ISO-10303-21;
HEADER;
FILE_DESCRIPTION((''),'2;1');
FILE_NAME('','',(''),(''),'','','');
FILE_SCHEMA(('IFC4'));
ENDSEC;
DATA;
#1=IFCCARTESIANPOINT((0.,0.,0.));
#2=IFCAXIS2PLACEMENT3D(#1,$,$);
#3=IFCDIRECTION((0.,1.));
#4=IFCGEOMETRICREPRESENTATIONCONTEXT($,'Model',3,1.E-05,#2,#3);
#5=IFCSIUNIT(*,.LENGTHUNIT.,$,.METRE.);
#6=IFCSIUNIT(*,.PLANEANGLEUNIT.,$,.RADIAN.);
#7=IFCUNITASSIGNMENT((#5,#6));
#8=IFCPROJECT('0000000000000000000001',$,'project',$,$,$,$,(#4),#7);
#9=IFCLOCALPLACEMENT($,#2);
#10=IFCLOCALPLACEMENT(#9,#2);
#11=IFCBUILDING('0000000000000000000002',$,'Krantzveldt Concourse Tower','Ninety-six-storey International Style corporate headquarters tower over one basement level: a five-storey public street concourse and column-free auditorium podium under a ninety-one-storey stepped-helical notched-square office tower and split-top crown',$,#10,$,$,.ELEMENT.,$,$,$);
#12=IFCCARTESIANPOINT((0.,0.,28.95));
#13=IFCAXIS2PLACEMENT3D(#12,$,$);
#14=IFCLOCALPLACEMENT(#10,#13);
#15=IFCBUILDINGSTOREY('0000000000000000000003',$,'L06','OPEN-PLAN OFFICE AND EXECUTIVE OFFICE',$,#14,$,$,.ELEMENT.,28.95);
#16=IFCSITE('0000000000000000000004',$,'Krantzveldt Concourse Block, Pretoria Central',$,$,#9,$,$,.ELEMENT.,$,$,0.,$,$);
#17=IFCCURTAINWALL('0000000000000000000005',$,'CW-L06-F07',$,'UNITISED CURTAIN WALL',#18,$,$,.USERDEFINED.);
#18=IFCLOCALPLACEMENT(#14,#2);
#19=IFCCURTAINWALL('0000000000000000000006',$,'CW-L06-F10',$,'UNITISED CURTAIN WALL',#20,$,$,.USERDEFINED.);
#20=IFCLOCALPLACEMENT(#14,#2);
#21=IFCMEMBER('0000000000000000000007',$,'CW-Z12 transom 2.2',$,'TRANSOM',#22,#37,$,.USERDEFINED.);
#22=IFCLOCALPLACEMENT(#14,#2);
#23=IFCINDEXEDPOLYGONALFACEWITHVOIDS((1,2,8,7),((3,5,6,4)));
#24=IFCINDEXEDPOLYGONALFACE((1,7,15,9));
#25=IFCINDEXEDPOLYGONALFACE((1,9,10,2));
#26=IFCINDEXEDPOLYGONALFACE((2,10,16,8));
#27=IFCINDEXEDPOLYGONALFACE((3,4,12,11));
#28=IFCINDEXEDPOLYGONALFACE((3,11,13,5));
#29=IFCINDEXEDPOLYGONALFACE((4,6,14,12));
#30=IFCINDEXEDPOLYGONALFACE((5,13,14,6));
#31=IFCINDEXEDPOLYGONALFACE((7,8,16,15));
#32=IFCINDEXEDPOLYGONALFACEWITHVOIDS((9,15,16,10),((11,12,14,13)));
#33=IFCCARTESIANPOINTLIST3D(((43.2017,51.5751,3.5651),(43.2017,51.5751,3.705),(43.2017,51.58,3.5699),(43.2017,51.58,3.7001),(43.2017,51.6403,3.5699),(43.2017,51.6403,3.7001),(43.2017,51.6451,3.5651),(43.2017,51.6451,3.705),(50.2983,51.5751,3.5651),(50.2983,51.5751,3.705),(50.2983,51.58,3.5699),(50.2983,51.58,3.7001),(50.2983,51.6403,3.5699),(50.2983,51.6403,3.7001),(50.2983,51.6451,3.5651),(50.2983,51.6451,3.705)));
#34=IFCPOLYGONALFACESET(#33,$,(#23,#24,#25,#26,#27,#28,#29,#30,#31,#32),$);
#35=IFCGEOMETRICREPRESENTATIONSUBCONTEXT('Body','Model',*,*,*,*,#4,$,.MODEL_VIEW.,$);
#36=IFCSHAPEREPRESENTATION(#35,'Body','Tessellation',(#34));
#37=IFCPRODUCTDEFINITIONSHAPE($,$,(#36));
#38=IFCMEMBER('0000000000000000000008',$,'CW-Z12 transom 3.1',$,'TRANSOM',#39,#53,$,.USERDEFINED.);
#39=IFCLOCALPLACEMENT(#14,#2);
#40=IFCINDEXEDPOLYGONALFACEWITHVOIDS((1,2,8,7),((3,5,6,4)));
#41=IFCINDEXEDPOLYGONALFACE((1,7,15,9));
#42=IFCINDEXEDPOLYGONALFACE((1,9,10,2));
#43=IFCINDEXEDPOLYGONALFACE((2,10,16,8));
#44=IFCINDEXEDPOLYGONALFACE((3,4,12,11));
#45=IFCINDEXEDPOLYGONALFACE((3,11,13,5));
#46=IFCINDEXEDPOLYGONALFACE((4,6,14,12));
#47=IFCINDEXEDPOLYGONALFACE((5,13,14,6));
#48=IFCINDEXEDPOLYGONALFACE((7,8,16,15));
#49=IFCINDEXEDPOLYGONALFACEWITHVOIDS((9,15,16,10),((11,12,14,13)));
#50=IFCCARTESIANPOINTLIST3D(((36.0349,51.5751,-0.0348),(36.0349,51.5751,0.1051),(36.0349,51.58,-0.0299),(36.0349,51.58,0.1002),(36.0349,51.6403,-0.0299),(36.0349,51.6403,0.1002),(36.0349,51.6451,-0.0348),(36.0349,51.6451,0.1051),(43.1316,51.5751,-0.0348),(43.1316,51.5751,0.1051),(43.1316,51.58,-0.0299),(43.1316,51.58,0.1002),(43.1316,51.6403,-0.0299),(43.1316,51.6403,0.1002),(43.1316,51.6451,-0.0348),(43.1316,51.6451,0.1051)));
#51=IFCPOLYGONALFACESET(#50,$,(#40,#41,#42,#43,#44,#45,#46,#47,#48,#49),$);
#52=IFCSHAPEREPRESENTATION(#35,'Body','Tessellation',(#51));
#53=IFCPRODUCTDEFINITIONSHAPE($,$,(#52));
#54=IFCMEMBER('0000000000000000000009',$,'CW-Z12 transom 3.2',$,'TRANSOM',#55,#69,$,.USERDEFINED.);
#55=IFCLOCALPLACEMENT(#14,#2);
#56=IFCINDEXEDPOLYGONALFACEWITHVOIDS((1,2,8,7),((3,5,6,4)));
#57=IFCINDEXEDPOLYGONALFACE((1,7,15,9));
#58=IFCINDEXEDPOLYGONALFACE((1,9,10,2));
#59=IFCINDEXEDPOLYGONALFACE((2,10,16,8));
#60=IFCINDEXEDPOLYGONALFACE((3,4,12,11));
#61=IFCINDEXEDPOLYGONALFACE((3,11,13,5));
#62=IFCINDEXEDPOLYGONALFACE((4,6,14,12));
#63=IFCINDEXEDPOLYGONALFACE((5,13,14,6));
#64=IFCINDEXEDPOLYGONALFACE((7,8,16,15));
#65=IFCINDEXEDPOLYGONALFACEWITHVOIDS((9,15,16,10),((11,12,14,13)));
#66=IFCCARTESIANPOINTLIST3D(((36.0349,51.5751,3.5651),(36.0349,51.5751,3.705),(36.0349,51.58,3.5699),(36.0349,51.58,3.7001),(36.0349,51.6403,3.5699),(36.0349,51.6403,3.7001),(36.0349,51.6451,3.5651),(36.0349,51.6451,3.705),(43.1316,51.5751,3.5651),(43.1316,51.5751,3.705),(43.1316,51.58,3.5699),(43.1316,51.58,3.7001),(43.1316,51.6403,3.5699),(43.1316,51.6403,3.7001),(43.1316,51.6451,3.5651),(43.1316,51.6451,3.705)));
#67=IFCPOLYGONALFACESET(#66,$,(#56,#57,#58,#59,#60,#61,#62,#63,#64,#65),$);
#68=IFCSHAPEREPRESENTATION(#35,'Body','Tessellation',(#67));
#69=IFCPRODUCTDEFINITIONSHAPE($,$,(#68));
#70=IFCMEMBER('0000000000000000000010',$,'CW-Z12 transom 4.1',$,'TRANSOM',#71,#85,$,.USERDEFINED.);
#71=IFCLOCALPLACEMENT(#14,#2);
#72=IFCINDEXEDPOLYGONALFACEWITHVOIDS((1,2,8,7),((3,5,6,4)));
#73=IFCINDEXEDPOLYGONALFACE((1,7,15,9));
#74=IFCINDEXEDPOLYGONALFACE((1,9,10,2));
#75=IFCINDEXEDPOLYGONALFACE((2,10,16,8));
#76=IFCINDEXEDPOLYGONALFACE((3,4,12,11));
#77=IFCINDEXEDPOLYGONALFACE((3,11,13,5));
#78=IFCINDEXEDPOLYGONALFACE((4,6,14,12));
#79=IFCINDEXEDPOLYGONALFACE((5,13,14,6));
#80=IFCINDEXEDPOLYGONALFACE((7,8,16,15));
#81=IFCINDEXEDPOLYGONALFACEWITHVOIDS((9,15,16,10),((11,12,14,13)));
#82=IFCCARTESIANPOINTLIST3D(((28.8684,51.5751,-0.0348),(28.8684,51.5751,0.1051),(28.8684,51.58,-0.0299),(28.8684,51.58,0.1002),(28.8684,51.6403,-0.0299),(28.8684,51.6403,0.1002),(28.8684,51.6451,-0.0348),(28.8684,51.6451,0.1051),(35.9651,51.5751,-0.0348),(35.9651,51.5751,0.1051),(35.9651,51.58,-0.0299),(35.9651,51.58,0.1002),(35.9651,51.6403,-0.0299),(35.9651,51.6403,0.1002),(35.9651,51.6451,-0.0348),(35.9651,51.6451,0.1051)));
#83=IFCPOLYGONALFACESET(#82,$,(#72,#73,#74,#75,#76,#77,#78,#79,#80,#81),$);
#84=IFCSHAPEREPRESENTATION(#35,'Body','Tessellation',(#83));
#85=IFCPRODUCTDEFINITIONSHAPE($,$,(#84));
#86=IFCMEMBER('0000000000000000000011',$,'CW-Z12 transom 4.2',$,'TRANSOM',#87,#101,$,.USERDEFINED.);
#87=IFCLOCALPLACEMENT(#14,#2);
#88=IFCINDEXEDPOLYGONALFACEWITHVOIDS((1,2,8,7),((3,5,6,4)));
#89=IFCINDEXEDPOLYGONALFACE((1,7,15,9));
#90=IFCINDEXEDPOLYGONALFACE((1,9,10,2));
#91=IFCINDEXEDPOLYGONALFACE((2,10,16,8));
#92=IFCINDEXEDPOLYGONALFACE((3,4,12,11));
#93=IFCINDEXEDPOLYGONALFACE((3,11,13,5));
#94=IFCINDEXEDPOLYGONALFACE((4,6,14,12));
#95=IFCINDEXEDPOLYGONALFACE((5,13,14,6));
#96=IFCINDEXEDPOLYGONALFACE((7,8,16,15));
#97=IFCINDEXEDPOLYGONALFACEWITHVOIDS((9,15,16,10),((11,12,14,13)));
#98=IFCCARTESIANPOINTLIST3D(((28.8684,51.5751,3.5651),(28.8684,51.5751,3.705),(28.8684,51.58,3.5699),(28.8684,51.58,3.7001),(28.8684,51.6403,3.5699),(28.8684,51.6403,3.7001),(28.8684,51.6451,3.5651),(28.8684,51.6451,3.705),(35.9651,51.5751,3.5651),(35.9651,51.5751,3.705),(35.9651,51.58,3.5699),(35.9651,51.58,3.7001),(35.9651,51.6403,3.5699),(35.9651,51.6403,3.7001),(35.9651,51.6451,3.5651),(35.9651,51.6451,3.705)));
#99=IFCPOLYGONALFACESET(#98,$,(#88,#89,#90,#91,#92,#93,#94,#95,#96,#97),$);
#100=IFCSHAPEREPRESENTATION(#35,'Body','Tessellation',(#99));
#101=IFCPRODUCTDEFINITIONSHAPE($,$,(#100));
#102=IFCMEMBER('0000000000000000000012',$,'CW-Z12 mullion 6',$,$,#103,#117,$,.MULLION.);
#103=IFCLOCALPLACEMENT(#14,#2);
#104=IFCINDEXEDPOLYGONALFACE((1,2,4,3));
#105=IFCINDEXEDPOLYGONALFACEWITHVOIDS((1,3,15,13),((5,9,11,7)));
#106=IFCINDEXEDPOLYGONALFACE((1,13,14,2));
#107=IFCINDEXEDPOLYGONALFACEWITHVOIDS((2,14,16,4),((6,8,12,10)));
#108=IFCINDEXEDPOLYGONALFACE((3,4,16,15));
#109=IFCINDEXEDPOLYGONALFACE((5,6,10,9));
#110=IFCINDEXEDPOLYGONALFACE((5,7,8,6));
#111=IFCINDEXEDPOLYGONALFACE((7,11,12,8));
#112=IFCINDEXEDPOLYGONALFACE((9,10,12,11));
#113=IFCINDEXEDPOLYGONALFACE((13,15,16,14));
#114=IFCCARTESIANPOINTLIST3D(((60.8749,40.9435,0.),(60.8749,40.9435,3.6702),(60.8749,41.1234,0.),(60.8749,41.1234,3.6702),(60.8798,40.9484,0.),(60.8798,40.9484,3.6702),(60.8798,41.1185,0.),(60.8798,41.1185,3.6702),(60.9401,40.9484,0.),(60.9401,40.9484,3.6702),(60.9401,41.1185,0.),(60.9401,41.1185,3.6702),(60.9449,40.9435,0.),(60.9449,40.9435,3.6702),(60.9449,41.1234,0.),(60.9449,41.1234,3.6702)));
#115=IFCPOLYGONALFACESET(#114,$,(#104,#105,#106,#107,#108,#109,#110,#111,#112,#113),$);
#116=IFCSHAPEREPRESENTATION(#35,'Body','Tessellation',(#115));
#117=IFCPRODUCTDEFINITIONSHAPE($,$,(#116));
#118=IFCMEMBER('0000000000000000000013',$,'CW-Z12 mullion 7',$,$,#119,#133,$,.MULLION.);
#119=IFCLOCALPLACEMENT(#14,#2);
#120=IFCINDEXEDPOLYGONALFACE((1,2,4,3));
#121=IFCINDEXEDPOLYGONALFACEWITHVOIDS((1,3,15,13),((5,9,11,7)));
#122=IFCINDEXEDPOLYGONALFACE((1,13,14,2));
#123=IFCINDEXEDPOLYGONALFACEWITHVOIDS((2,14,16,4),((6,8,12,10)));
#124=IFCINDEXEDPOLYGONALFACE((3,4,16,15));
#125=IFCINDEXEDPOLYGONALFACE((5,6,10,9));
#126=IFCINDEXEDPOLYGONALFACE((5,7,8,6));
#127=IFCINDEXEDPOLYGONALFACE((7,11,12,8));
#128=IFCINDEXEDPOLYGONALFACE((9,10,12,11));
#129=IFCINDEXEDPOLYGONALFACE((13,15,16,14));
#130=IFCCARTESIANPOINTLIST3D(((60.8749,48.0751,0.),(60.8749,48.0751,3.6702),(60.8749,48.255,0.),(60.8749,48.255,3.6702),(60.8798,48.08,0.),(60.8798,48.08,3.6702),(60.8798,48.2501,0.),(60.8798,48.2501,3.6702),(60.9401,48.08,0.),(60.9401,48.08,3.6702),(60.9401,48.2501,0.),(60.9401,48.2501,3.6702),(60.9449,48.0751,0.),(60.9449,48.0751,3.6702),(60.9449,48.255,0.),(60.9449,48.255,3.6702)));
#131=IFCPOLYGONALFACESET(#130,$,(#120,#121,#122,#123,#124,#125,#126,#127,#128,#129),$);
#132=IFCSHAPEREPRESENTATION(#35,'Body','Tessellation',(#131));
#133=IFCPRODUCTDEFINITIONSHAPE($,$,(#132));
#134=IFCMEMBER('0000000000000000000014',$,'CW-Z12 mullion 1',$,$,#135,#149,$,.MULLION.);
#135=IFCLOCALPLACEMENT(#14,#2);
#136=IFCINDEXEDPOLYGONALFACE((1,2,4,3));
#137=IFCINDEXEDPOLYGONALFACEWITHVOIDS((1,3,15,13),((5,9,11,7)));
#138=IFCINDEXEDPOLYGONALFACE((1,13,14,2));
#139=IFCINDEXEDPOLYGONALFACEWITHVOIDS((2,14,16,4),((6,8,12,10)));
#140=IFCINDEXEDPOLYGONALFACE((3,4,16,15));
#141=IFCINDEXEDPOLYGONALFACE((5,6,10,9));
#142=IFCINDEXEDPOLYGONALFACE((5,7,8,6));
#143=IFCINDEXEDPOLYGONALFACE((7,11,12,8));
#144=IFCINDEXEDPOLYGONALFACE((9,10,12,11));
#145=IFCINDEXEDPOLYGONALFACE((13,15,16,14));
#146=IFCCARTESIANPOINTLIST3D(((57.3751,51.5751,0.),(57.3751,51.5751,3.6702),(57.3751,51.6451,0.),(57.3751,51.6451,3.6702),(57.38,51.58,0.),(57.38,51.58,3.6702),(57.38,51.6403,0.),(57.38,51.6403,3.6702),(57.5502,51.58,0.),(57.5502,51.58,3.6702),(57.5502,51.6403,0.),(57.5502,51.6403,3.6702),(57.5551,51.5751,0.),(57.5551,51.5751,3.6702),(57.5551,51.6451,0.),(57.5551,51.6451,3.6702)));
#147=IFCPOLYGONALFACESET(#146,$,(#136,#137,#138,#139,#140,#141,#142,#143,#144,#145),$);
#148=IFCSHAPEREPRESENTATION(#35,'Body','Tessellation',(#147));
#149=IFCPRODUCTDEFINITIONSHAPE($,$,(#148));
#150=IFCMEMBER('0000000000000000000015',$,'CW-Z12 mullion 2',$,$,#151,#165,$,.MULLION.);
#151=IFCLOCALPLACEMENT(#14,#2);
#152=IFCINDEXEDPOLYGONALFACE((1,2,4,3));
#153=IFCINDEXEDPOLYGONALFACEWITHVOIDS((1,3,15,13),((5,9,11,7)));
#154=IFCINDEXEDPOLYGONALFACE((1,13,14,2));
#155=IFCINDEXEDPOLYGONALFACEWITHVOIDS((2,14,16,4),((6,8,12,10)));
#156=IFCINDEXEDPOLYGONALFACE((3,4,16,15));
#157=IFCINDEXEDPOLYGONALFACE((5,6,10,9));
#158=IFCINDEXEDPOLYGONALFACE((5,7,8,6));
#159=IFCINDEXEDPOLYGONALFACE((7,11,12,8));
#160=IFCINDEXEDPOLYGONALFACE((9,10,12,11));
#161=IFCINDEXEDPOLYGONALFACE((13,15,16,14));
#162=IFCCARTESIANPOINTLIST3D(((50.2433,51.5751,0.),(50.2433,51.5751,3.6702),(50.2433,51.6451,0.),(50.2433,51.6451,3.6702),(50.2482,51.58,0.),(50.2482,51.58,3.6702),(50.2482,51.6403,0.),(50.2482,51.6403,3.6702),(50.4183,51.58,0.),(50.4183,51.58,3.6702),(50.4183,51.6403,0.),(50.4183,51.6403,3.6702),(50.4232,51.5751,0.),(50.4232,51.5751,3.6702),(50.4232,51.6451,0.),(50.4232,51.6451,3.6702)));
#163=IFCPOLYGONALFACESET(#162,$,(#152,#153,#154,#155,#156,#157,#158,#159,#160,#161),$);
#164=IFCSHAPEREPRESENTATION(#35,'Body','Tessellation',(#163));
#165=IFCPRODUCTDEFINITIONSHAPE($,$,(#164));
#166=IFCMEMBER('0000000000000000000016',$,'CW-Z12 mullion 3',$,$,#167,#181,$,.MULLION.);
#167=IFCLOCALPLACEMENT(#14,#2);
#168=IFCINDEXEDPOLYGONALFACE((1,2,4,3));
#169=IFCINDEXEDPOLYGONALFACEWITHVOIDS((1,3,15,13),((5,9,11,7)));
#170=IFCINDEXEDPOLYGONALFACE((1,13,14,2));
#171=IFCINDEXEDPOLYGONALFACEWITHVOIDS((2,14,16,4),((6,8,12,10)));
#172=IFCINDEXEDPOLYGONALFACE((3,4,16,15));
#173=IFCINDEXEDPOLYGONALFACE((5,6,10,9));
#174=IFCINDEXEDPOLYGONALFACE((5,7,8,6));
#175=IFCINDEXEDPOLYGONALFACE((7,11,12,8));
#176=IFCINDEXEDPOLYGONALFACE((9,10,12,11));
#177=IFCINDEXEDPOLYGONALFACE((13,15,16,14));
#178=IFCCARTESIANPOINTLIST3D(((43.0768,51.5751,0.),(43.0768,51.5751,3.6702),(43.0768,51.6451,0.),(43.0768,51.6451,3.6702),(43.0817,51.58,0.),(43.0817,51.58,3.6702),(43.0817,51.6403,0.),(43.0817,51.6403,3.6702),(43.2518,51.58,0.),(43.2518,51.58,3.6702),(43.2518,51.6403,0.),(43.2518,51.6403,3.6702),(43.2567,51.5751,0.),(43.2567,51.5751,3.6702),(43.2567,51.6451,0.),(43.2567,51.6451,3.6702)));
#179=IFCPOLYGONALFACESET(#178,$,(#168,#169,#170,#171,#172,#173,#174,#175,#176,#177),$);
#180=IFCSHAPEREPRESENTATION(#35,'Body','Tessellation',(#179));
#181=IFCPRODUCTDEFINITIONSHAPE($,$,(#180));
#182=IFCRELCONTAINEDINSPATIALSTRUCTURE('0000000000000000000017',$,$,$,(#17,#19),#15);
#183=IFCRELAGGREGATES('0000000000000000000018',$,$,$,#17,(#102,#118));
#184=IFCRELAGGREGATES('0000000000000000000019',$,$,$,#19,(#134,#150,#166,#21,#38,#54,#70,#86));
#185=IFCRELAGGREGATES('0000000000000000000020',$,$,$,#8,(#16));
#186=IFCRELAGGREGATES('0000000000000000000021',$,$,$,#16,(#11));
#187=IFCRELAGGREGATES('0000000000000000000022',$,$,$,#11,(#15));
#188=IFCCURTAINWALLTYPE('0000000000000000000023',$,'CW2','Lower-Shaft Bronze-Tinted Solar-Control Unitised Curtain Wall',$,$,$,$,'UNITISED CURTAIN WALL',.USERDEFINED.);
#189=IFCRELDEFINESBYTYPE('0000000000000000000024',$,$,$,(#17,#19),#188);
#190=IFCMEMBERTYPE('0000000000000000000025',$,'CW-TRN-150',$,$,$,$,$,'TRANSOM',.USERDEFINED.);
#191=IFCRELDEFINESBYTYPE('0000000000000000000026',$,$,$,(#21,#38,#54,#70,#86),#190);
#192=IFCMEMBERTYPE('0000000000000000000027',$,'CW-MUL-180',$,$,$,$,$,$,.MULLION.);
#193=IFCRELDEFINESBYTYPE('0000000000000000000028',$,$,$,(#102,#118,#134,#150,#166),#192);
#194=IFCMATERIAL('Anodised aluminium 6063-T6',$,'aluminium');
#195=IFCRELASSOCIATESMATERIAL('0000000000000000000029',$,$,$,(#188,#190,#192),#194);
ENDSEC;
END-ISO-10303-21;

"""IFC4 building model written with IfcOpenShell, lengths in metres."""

from ifc_helpers import new_model, si_unit, direction, frame, origin, origin_2d, place, context, subcontext, project, spatial, hollow_rectangle, extrude, source, transform, mapped, material, material_profile, profile_set, type_object, type_shapes, element, aggregate, save


model = new_model("IFC4")

# Units and contexts
model_context = context("Model", 3, precision=1e-05, world=origin(), true_north=direction((0.0, 1.0)))
body_context = subcontext(model_context, "Body", "Model", "MODEL_VIEW")
ifc_project = project(units=[si_unit("LENGTHUNIT", "METRE"), si_unit("PLANEANGLEUNIT", "RADIAN")], contexts=[model_context])

# Site, building, storey
site_placement = place(None, origin())
site = spatial("IfcSite", under=ifc_project, at=site_placement, Name="Krantzveldt Concourse Block, Pretoria Central", CompositionType="ELEMENT", RefElevation=0.0)
building_placement = place(site_placement, origin())
building = spatial("IfcBuilding", under=site, at=building_placement, Name="Krantzveldt Concourse Tower", Description="Ninety-six-storey International Style corporate headquarters tower over one basement level: a five-storey public street concourse and column-free auditorium podium under a ninety-one-storey stepped-helical notched-square office tower and split-top crown", CompositionType="ELEMENT")
storey_placement = place(building_placement, frame((0.0, 0.0, 28.95)))
storey = spatial("IfcBuildingStorey", under=building, at=storey_placement, Name="L06", Description="OPEN-PLAN OFFICE AND EXECUTIVE OFFICE", CompositionType="ELEMENT", Elevation=28.95)

# Curtain walls, members
ifc_material_1 = material(Name="Anodised aluminium 6063-T6", Category="aluminium")
curtain_wall_type = type_object("IfcCurtainWallType", Name="CW2", Description="Lower-Shaft Bronze-Tinted Solar-Control Unitised Curtain Wall", ElementType="UNITISED CURTAIN WALL", PredefinedType="USERDEFINED", material=ifc_material_1)
curtain_wall_1_placement = place(storey_placement, origin())
curtain_wall_1 = element("IfcCurtainWall", 1, at=curtain_wall_1_placement, inside=storey, type_object=curtain_wall_type, Name="CW-L06-F07", ObjectType="UNITISED CURTAIN WALL", PredefinedType="USERDEFINED")
ifc_material_profile_1 = material_profile(ifc_material_1, hollow_rectangle(XDim=0.0701, YDim=0.1399, WallThickness=0.0049, at=origin_2d()), Name="Anodised aluminium 6063-T6", Category="aluminium")
ifc_profile_set_1 = profile_set([ifc_material_profile_1], Name="Anodised aluminium 6063-T6 - ALU-TRAN 140x70x5")
member_type_1 = type_object("IfcMemberType", Name="CW-TRN-150", ElementType="TRANSOM", PredefinedType="USERDEFINED", material=ifc_profile_set_1)
curtain_wall_2_placement = place(storey_placement, origin())
curtain_wall_2 = element("IfcCurtainWall", 2, at=curtain_wall_2_placement, inside=storey, type_object=curtain_wall_type, Name="CW-L06-F10", ObjectType="UNITISED CURTAIN WALL", PredefinedType="USERDEFINED")
shared_shape_1 = source(origin(), body_context, "Body", "SweptSolid", [
    extrude(hollow_rectangle(XDim=0.0701, YDim=0.1399, WallThickness=0.0049, at=origin_2d()), origin(), (0.0, 0.0, 1.0), 7.0967),
])
member_1_placement = place(storey_placement, frame((50.2983, 51.6101, 3.635), z_axis=(-1.0, 0.0, 0.0), x_axis=(0.0, -1.0, 0.0)))
member_1 = element("IfcMember", 3, at=member_1_placement, type_object=member_type_1, Name="CW-Z12 transom 2.2", ObjectType="TRANSOM", PredefinedType="USERDEFINED", context=body_context, shape_type="MappedRepresentation", body=[
    mapped(shared_shape_1, transform((0.0, 0.0, 0.0), x_axis=(1.0, 0.0, 0.0), y_axis=(0.0, 1.0, 0.0), z_axis=(0.0, 0.0, 1.0), scale=1.0)),
])
member_2_placement = place(storey_placement, frame((43.1316, 51.6101, 0.0352), z_axis=(-1.0, 0.0, 0.0), x_axis=(0.0, -1.0, 0.0)))
member_2 = element("IfcMember", 4, at=member_2_placement, type_object=member_type_1, Name="CW-Z12 transom 3.1", ObjectType="TRANSOM", PredefinedType="USERDEFINED", context=body_context, shape_type="MappedRepresentation", body=[
    mapped(shared_shape_1, transform((0.0, 0.0, 0.0), x_axis=(1.0, 0.0, 0.0), y_axis=(0.0, 1.0, 0.0), z_axis=(0.0, 0.0, 1.0), scale=1.0)),
])
member_3_placement = place(storey_placement, frame((43.1316, 51.6101, 3.635), z_axis=(-1.0, 0.0, 0.0), x_axis=(0.0, -1.0, 0.0)))
member_3 = element("IfcMember", 5, at=member_3_placement, type_object=member_type_1, Name="CW-Z12 transom 3.2", ObjectType="TRANSOM", PredefinedType="USERDEFINED", context=body_context, shape_type="MappedRepresentation", body=[
    mapped(shared_shape_1, transform((0.0, 0.0, 0.0), x_axis=(1.0, 0.0, 0.0), y_axis=(0.0, 1.0, 0.0), z_axis=(0.0, 0.0, 1.0), scale=1.0)),
])
member_4_placement = place(storey_placement, frame((35.9651, 51.6101, 0.0352), z_axis=(-1.0, 0.0, 0.0), x_axis=(0.0, -1.0, 0.0)))
member_4 = element("IfcMember", 6, at=member_4_placement, type_object=member_type_1, Name="CW-Z12 transom 4.1", ObjectType="TRANSOM", PredefinedType="USERDEFINED", context=body_context, shape_type="MappedRepresentation", body=[
    mapped(shared_shape_1, transform((0.0, 0.0, 0.0), x_axis=(1.0, 0.0, 0.0), y_axis=(0.0, 1.0, 0.0), z_axis=(0.0, 0.0, 1.0), scale=1.0)),
])
member_5_placement = place(storey_placement, frame((35.9651, 51.6101, 3.635), z_axis=(-1.0, 0.0, 0.0), x_axis=(0.0, -1.0, 0.0)))
member_5 = element("IfcMember", 7, at=member_5_placement, type_object=member_type_1, Name="CW-Z12 transom 4.2", ObjectType="TRANSOM", PredefinedType="USERDEFINED", context=body_context, shape_type="MappedRepresentation", body=[
    mapped(shared_shape_1, transform((0.0, 0.0, 0.0), x_axis=(1.0, 0.0, 0.0), y_axis=(0.0, 1.0, 0.0), z_axis=(0.0, 0.0, 1.0), scale=1.0)),
])

# Members
ifc_material_profile_2 = material_profile(ifc_material_1, hollow_rectangle(XDim=0.0701, YDim=0.1799, WallThickness=0.0049, at=origin_2d()), Name="Anodised aluminium 6063-T6", Category="aluminium")
ifc_profile_set_2 = profile_set([ifc_material_profile_2], Name="Anodised aluminium 6063-T6 - ALU-MULL 180x70x5")
member_type_2 = type_object("IfcMemberType", Name="CW-MUL-180", PredefinedType="MULLION", material=ifc_profile_set_2)
shared_shape_2 = source(origin(), body_context, "Body", "SweptSolid", [
    extrude(hollow_rectangle(XDim=0.0701, YDim=0.1799, WallThickness=0.0049, at=origin_2d()), origin(), (0.0, 0.0, 1.0), 3.6702),
])
type_shapes(member_type_2, [shared_shape_2])
member_6_placement = place(storey_placement, frame((60.9099, 41.0334, 0.0), z_axis=(0.0, 0.0, 1.0), x_axis=(-1.0, 0.0, 0.0)))
member_6 = element("IfcMember", 8, at=member_6_placement, type_object=member_type_2, Name="CW-Z12 mullion 6", PredefinedType="MULLION", context=body_context, shape_type="MappedRepresentation", body=[
    mapped(shared_shape_2, transform((0.0, 0.0, 0.0), x_axis=(1.0, 0.0, 0.0), y_axis=(0.0, 1.0, 0.0), z_axis=(0.0, 0.0, 1.0), scale=1.0)),
])
member_7_placement = place(storey_placement, frame((60.9099, 48.165, 0.0), z_axis=(0.0, 0.0, 1.0), x_axis=(-1.0, 0.0, 0.0)))
member_7 = element("IfcMember", 9, at=member_7_placement, type_object=member_type_2, Name="CW-Z12 mullion 7", PredefinedType="MULLION", context=body_context, shape_type="MappedRepresentation", body=[
    mapped(shared_shape_2, transform((0.0, 0.0, 0.0), x_axis=(1.0, 0.0, 0.0), y_axis=(0.0, 1.0, 0.0), z_axis=(0.0, 0.0, 1.0), scale=1.0)),
])
member_8_placement = place(storey_placement, frame((57.4651, 51.6101, 0.0), z_axis=(0.0, 0.0, 1.0), x_axis=(0.0, -1.0, 0.0)))
member_8 = element("IfcMember", 10, at=member_8_placement, type_object=member_type_2, Name="CW-Z12 mullion 1", PredefinedType="MULLION", context=body_context, shape_type="MappedRepresentation", body=[
    mapped(shared_shape_2, transform((0.0, 0.0, 0.0), x_axis=(1.0, 0.0, 0.0), y_axis=(0.0, 1.0, 0.0), z_axis=(0.0, 0.0, 1.0), scale=1.0)),
])
member_9_placement = place(storey_placement, frame((50.3333, 51.6101, 0.0), z_axis=(0.0, 0.0, 1.0), x_axis=(0.0, -1.0, 0.0)))
member_9 = element("IfcMember", 11, at=member_9_placement, type_object=member_type_2, Name="CW-Z12 mullion 2", PredefinedType="MULLION", context=body_context, shape_type="MappedRepresentation", body=[
    mapped(shared_shape_2, transform((0.0, 0.0, 0.0), x_axis=(1.0, 0.0, 0.0), y_axis=(0.0, 1.0, 0.0), z_axis=(0.0, 0.0, 1.0), scale=1.0)),
])
member_10_placement = place(storey_placement, frame((43.1667, 51.6101, 0.0), z_axis=(0.0, 0.0, 1.0), x_axis=(0.0, -1.0, 0.0)))
member_10 = element("IfcMember", 12, at=member_10_placement, type_object=member_type_2, Name="CW-Z12 mullion 3", PredefinedType="MULLION", context=body_context, shape_type="MappedRepresentation", body=[
    mapped(shared_shape_2, transform((0.0, 0.0, 0.0), x_axis=(1.0, 0.0, 0.0), y_axis=(0.0, 1.0, 0.0), z_axis=(0.0, 0.0, 1.0), scale=1.0)),
])

aggregate(curtain_wall_1, [member_6, member_7])
aggregate(curtain_wall_2, [member_8, member_9, member_10, member_1, member_2, member_3, member_4, member_5])

save(model, "model.ifc")
